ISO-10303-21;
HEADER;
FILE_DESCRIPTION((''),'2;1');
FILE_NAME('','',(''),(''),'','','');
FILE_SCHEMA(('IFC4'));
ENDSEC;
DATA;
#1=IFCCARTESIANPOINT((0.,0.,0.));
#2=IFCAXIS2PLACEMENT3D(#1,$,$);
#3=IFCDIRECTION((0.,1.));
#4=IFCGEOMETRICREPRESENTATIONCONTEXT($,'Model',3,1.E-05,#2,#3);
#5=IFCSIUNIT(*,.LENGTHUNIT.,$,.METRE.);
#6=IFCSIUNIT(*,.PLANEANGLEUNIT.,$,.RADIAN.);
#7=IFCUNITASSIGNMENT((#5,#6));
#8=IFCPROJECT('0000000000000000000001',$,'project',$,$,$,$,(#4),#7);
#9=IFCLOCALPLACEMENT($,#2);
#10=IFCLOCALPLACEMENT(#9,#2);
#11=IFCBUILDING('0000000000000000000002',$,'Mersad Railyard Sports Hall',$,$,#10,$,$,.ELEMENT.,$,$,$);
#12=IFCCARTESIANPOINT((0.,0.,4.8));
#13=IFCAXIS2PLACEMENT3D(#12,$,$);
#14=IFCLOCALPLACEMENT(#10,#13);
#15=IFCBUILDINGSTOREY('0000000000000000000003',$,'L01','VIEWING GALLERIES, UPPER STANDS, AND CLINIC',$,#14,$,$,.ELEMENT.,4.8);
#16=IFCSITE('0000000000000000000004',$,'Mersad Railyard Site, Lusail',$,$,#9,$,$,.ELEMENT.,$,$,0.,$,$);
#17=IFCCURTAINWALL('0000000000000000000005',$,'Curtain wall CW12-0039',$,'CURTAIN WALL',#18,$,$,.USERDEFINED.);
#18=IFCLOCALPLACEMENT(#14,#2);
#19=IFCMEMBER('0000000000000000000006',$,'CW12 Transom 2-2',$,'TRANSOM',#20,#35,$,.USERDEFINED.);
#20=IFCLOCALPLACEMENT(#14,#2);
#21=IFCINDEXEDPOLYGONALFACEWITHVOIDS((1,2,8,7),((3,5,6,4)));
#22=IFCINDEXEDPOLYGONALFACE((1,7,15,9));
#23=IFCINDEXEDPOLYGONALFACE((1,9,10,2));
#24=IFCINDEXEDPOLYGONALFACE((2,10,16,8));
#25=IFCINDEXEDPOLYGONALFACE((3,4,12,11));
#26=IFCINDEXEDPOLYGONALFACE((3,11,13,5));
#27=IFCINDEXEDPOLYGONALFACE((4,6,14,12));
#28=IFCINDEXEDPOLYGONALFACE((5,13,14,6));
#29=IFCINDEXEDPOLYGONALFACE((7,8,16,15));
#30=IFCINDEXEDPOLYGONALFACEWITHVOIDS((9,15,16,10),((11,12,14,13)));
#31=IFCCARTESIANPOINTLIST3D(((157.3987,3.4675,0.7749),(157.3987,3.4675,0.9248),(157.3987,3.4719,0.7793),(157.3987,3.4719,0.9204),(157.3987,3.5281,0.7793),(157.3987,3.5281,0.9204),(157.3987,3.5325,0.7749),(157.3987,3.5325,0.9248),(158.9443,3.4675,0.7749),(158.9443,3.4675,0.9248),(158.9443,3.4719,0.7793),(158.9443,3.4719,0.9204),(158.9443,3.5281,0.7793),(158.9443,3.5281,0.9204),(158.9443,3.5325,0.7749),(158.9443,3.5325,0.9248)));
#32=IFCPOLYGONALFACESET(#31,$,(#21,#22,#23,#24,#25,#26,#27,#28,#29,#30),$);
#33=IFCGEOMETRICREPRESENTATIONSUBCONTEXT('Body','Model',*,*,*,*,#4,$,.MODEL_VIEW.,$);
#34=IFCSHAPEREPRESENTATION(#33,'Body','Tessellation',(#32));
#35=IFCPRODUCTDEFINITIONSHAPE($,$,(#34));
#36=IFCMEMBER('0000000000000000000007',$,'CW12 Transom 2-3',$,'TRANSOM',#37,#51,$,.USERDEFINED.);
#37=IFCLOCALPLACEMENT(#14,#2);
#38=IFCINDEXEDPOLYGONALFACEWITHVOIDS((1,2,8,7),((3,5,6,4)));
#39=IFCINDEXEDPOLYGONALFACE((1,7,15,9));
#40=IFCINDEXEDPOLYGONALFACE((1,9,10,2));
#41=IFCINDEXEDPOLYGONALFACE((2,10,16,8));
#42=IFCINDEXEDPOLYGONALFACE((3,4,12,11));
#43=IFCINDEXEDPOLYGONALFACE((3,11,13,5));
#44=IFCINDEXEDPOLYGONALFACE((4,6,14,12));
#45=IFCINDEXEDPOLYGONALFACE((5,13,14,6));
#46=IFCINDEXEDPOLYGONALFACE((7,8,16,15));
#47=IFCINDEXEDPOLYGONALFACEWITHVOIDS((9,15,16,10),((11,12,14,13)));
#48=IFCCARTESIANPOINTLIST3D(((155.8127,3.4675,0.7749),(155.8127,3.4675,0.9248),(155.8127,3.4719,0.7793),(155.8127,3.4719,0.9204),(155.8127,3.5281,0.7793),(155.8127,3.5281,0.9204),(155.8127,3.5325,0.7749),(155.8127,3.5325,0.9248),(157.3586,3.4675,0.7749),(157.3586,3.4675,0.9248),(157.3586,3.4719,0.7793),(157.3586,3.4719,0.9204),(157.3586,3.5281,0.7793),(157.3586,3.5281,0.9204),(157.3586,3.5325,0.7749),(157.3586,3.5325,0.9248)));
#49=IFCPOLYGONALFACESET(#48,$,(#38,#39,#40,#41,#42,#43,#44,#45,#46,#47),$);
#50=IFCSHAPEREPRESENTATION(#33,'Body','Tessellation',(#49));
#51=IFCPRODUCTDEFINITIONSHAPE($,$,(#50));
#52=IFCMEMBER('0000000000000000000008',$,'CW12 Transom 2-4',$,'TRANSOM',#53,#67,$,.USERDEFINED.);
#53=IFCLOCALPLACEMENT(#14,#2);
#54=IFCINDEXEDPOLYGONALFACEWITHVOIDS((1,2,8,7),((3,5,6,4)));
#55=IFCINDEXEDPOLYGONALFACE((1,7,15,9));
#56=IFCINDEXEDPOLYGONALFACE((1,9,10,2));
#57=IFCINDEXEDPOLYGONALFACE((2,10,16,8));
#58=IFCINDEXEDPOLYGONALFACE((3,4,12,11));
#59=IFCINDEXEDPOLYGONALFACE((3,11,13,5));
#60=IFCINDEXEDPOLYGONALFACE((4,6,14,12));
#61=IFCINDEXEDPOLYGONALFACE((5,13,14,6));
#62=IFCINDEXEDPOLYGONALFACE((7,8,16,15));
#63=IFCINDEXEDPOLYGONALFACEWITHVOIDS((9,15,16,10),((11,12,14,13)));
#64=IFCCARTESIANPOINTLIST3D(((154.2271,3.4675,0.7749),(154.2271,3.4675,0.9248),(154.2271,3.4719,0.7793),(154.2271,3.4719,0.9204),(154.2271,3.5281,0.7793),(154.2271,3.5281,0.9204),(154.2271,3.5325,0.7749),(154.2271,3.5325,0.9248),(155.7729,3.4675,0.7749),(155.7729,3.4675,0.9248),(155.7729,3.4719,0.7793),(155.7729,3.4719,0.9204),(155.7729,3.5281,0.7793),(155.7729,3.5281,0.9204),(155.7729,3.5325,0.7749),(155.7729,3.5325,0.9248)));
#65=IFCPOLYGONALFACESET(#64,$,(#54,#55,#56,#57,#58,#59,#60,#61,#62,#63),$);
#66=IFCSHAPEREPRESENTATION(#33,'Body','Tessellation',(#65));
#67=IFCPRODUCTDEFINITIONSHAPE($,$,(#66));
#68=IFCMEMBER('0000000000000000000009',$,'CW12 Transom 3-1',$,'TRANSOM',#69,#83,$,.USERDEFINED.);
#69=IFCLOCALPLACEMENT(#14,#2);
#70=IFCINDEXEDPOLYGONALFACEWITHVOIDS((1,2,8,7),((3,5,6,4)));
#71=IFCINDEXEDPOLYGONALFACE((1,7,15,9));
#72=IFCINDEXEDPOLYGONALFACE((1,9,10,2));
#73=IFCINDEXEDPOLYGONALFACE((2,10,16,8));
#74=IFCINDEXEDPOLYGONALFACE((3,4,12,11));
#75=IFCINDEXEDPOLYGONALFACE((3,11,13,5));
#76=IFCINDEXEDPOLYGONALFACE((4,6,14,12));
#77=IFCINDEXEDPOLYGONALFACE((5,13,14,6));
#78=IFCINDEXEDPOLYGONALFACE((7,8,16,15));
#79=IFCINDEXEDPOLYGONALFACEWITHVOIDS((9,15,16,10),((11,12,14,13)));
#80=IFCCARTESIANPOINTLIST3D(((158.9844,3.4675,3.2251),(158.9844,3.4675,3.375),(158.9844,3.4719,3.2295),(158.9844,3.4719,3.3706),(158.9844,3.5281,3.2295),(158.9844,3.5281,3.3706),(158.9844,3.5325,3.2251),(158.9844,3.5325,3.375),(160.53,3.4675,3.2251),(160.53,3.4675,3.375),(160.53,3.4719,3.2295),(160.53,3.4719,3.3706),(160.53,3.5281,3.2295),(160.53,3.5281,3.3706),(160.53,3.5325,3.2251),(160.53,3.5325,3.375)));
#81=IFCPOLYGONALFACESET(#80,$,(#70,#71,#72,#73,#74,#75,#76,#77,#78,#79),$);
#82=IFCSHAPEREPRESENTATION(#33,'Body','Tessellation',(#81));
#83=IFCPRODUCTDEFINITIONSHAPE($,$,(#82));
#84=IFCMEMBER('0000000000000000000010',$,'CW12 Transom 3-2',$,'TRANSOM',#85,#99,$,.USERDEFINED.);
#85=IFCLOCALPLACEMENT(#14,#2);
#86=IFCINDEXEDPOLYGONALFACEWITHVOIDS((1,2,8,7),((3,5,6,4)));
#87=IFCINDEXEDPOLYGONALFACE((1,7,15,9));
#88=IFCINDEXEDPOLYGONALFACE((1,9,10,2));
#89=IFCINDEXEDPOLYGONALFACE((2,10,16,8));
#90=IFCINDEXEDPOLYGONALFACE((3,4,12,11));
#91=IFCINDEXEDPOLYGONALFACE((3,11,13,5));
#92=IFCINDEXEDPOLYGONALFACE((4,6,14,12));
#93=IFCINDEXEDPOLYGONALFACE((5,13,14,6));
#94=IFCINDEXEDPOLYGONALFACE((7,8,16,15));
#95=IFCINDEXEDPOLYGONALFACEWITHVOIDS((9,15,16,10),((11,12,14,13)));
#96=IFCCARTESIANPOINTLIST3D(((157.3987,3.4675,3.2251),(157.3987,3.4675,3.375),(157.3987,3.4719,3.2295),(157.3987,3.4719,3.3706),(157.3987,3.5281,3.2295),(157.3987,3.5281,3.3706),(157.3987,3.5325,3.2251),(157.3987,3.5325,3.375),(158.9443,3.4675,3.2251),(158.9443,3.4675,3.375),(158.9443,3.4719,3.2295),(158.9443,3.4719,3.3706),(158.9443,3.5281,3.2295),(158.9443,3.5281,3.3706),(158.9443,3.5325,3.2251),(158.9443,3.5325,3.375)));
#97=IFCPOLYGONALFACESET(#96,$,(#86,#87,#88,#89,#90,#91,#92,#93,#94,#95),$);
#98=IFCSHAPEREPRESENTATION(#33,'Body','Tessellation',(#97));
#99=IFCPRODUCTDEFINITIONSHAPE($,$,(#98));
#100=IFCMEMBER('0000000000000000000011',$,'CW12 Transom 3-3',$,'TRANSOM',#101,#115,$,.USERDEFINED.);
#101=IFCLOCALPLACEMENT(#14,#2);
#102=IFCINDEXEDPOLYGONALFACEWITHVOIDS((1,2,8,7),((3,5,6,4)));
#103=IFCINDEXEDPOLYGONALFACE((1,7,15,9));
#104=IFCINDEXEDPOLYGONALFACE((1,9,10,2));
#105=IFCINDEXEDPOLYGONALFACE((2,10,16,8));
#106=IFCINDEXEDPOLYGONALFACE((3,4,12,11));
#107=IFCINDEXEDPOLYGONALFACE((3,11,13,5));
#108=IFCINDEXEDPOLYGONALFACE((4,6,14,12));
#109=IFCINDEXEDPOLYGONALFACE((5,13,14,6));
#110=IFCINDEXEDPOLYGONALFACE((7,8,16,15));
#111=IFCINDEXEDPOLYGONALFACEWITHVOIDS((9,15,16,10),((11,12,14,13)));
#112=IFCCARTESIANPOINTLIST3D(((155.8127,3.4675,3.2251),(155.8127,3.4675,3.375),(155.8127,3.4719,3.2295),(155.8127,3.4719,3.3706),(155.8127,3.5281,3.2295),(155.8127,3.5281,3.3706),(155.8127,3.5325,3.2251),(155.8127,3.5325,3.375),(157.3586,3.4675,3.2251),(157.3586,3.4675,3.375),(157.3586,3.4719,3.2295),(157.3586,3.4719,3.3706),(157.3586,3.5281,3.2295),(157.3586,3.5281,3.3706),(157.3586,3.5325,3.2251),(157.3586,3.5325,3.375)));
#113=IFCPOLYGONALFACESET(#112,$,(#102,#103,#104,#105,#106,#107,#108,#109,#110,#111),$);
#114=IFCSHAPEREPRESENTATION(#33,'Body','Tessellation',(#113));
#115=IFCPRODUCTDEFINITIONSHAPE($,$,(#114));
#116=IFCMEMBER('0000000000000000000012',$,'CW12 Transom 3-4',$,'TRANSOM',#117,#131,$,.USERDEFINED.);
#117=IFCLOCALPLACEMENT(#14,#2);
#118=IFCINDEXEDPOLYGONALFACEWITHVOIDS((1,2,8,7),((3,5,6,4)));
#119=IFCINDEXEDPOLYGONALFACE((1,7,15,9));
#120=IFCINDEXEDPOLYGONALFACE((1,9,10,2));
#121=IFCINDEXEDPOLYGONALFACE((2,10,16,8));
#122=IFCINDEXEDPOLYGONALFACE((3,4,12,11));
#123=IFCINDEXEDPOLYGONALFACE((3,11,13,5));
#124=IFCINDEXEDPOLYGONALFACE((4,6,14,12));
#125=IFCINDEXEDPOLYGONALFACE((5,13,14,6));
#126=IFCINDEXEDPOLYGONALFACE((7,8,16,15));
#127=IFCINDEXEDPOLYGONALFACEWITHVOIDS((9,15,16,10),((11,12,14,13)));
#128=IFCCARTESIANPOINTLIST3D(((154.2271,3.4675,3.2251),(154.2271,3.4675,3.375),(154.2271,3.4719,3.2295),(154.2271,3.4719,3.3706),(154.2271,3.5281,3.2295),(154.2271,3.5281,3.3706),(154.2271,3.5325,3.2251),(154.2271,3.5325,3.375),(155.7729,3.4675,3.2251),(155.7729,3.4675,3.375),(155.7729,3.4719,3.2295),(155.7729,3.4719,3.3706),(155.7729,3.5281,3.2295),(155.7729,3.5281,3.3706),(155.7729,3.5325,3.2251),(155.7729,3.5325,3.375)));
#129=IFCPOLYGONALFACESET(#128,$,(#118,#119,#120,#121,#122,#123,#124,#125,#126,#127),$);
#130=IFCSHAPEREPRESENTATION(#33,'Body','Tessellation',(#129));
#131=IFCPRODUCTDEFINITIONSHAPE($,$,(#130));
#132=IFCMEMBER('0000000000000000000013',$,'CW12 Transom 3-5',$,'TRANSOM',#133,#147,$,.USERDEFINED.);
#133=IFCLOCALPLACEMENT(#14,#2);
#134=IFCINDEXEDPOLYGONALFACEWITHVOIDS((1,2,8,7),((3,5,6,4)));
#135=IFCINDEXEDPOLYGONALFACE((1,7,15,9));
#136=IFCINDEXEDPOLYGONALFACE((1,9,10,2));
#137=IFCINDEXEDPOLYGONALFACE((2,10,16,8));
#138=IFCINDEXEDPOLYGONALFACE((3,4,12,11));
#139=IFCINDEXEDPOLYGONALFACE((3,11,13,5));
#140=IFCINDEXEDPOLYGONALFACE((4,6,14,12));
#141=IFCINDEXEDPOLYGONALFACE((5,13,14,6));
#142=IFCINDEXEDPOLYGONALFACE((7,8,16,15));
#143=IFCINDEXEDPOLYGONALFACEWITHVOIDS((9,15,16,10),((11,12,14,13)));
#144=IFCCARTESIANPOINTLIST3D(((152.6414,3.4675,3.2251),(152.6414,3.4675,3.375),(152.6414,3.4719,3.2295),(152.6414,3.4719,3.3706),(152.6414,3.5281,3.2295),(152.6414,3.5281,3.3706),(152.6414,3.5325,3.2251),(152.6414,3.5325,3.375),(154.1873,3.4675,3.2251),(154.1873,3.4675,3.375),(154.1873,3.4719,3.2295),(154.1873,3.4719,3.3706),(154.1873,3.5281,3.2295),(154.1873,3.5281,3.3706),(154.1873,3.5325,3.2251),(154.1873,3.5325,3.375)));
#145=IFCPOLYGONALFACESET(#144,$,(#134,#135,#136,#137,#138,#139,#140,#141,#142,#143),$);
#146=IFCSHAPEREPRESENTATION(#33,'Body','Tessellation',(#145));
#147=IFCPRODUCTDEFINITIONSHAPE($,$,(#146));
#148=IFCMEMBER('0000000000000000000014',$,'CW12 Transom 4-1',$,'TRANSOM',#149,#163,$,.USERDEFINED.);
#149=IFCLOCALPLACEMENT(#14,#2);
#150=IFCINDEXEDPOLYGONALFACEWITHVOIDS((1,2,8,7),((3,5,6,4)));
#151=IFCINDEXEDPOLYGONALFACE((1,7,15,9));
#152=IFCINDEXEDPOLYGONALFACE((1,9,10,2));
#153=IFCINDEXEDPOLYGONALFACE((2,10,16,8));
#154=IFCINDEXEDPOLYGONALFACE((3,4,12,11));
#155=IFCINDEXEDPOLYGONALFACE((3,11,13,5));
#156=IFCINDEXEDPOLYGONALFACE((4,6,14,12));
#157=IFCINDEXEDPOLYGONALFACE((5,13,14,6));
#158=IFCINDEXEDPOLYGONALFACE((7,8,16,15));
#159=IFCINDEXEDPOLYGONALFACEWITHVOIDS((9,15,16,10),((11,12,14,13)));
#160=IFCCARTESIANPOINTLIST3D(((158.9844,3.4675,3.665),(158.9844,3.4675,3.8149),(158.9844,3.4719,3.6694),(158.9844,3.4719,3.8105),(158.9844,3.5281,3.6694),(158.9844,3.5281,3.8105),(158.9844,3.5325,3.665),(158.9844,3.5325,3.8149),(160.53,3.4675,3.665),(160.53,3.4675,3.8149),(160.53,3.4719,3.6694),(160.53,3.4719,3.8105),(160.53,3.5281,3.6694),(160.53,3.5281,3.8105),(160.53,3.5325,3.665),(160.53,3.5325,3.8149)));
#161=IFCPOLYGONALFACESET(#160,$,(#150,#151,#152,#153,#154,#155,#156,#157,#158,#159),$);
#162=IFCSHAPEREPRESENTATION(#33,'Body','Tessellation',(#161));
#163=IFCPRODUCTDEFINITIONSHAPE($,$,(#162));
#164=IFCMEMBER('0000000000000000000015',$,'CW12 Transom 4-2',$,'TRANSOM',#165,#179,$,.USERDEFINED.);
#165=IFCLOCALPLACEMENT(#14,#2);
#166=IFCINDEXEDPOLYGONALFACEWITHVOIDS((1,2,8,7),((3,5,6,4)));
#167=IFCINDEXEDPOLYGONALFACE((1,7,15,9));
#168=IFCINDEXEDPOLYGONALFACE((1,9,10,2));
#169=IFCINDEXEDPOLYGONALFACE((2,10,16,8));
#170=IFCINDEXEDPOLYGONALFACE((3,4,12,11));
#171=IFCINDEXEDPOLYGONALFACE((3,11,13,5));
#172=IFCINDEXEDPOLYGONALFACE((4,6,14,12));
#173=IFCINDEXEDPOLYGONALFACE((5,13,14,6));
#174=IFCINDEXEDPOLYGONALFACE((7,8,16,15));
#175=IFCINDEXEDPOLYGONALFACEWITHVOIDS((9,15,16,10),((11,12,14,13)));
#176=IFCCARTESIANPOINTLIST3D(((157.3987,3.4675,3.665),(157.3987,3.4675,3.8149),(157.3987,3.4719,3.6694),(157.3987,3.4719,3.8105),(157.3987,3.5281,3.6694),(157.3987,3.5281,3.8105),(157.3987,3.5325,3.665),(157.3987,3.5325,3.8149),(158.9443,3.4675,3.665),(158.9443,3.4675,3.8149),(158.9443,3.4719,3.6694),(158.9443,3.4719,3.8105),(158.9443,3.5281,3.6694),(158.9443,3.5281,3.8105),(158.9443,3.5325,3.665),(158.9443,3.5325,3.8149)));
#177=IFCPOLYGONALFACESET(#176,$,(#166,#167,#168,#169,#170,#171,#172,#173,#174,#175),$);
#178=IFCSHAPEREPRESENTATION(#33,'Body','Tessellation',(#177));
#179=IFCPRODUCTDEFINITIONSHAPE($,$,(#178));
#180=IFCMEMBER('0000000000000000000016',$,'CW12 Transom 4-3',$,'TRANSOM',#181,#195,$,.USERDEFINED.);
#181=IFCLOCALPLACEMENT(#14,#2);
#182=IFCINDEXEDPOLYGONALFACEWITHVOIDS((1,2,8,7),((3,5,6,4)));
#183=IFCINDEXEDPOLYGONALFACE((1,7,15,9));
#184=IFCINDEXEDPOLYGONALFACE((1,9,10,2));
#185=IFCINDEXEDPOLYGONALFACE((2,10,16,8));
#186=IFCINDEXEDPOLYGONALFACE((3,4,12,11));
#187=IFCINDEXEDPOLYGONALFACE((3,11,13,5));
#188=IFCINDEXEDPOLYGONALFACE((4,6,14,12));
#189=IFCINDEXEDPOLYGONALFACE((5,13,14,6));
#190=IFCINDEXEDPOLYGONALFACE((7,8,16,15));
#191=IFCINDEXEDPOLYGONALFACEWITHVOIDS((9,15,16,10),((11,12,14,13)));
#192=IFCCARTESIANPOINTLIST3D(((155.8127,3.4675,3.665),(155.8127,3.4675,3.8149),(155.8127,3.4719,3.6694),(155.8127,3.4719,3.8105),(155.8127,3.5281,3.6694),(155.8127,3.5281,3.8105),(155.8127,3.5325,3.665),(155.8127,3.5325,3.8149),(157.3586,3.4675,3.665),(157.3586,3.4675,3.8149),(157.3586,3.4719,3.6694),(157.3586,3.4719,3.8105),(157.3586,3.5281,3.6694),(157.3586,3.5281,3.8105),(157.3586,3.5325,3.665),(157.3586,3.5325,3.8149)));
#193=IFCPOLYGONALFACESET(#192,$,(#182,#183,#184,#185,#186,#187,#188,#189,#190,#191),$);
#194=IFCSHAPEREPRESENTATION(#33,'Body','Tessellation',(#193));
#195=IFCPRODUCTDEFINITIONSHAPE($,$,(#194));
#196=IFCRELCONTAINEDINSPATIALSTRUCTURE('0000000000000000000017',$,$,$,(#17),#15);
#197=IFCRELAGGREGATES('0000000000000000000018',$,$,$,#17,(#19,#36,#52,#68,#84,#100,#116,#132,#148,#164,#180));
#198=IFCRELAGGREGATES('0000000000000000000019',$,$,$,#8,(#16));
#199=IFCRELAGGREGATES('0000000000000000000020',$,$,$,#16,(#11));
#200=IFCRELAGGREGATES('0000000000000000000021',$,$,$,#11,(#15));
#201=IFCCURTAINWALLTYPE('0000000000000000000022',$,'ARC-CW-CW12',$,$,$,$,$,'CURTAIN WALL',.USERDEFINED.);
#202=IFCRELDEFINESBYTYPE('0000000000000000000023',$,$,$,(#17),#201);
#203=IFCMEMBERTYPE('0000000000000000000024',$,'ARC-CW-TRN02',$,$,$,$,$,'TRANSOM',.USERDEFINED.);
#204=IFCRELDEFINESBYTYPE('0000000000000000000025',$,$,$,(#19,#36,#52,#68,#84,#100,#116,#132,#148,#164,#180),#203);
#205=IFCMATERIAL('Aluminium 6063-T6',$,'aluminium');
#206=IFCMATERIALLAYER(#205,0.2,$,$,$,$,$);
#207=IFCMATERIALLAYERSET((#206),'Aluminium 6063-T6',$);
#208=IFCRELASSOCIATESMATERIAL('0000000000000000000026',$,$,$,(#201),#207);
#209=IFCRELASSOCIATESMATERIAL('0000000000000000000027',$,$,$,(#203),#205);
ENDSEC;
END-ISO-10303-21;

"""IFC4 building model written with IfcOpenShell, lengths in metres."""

from ifc_helpers import new_model, si_unit, direction, frame, origin, origin_2d, place, context, subcontext, project, spatial, hollow_rectangle, extrude, material, layer, layer_set, material_profile, profile_set, type_object, element, aggregate, save


model = new_model("IFC4")

# Units and contexts
model_context = context("Model", 3, precision=1e-05, world=origin(), true_north=direction((0.0, 1.0)))
body_context = subcontext(model_context, "Body", "Model", "MODEL_VIEW")
ifc_project = project(units=[si_unit("LENGTHUNIT", "METRE"), si_unit("PLANEANGLEUNIT", "RADIAN")], contexts=[model_context])

# Site, building, storey
site_placement = place(None, origin())
site = spatial("IfcSite", under=ifc_project, at=site_placement, Name="Mersad Railyard Site, Lusail", CompositionType="ELEMENT", RefElevation=0.0)
building_placement = place(site_placement, origin())
building = spatial("IfcBuilding", under=site, at=building_placement, Name="Mersad Railyard Sports Hall", CompositionType="ELEMENT")
storey_placement = place(building_placement, frame((0.0, 0.0, 4.8)))
storey = spatial("IfcBuildingStorey", under=building, at=storey_placement, Name="L01", Description="VIEWING GALLERIES, UPPER STANDS, AND CLINIC", CompositionType="ELEMENT", Elevation=4.8)

# Curtain wall
ifc_material_1 = material(Name="Aluminium 6063-T6", Category="aluminium")
ifc_layer_1 = layer(ifc_material_1, 0.2)
ifc_layer_set_1 = layer_set([ifc_layer_1], Name="Aluminium 6063-T6")
curtain_wall_type_1 = type_object("IfcCurtainWallType", Name="ARC-CW-CW12", ElementType="CURTAIN WALL", PredefinedType="USERDEFINED", material=ifc_layer_set_1)
curtain_wall_1_placement = place(storey_placement, origin())
curtain_wall_1 = element("IfcCurtainWall", 1, at=curtain_wall_1_placement, inside=storey, type_object=curtain_wall_type_1, Name="Curtain wall CW12-0039", ObjectType="CURTAIN WALL", PredefinedType="USERDEFINED")

# Members
ifc_material_profile_1 = material_profile(ifc_material_1, hollow_rectangle(XDim=0.0649, YDim=0.1499, WallThickness=0.0044, at=origin_2d()), Name="AL TRANSOM 65x150x4.5")
ifc_profile_set_1 = profile_set([ifc_material_profile_1], Name="Aluminium 6063-T6")
member_type_1 = type_object("IfcMemberType", Name="ARC-CW-TRN02", ElementType="TRANSOM", PredefinedType="USERDEFINED", material=ifc_profile_set_1)
member_1_placement = place(storey_placement, frame((158.9443, 3.5, 0.8499), z_axis=(-1.0, 0.0, 0.0), x_axis=(0.0, -1.0, 0.0)))
member_1 = element("IfcMember", 2, at=member_1_placement, type_object=member_type_1, Name="CW12 Transom 2-2", ObjectType="TRANSOM", PredefinedType="USERDEFINED", context=body_context, shape_type="SweptSolid", body=[
    extrude(hollow_rectangle(XDim=0.0649, YDim=0.1499, WallThickness=0.0044, at=origin_2d()), origin(), (0.0, 0.0, 1.0), 1.5457),
])
member_2_placement = place(storey_placement, frame((157.3586, 3.5, 0.8499), z_axis=(-1.0, 0.0, 0.0), x_axis=(0.0, -1.0, 0.0)))
member_2 = element("IfcMember", 3, at=member_2_placement, type_object=member_type_1, Name="CW12 Transom 2-3", ObjectType="TRANSOM", PredefinedType="USERDEFINED", context=body_context, shape_type="SweptSolid", body=[
    extrude(hollow_rectangle(XDim=0.0649, YDim=0.1499, WallThickness=0.0044, at=origin_2d()), origin(), (0.0, 0.0, 1.0), 1.5459),
])
member_3_placement = place(storey_placement, frame((155.7729, 3.5, 0.8499), z_axis=(-1.0, 0.0, 0.0), x_axis=(0.0, -1.0, 0.0)))
member_3 = element("IfcMember", 4, at=member_3_placement, type_object=member_type_1, Name="CW12 Transom 2-4", ObjectType="TRANSOM", PredefinedType="USERDEFINED", context=body_context, shape_type="SweptSolid", body=[
    extrude(hollow_rectangle(XDim=0.0649, YDim=0.1499, WallThickness=0.0044, at=origin_2d()), origin(), (0.0, 0.0, 1.0), 1.5459),
])
member_4_placement = place(storey_placement, frame((160.53, 3.5, 3.3), z_axis=(-1.0, 0.0, 0.0), x_axis=(0.0, -1.0, 0.0)))
member_4 = element("IfcMember", 5, at=member_4_placement, type_object=member_type_1, Name="CW12 Transom 3-1", ObjectType="TRANSOM", PredefinedType="USERDEFINED", context=body_context, shape_type="SweptSolid", body=[
    extrude(hollow_rectangle(XDim=0.0649, YDim=0.1499, WallThickness=0.0044, at=origin_2d()), origin(), (0.0, 0.0, 1.0), 1.5457),
])
member_5_placement = place(storey_placement, frame((158.9443, 3.5, 3.3), z_axis=(-1.0, 0.0, 0.0), x_axis=(0.0, -1.0, 0.0)))
member_5 = element("IfcMember", 6, at=member_5_placement, type_object=member_type_1, Name="CW12 Transom 3-2", ObjectType="TRANSOM", PredefinedType="USERDEFINED", context=body_context, shape_type="SweptSolid", body=[
    extrude(hollow_rectangle(XDim=0.0649, YDim=0.1499, WallThickness=0.0044, at=origin_2d()), origin(), (0.0, 0.0, 1.0), 1.5457),
])
member_6_placement = place(storey_placement, frame((157.3586, 3.5, 3.3), z_axis=(-1.0, 0.0, 0.0), x_axis=(0.0, -1.0, 0.0)))
member_6 = element("IfcMember", 7, at=member_6_placement, type_object=member_type_1, Name="CW12 Transom 3-3", ObjectType="TRANSOM", PredefinedType="USERDEFINED", context=body_context, shape_type="SweptSolid", body=[
    extrude(hollow_rectangle(XDim=0.0649, YDim=0.1499, WallThickness=0.0044, at=origin_2d()), origin(), (0.0, 0.0, 1.0), 1.5459),
])
member_7_placement = place(storey_placement, frame((155.7729, 3.5, 3.3), z_axis=(-1.0, 0.0, 0.0), x_axis=(0.0, -1.0, 0.0)))
member_7 = element("IfcMember", 8, at=member_7_placement, type_object=member_type_1, Name="CW12 Transom 3-4", ObjectType="TRANSOM", PredefinedType="USERDEFINED", context=body_context, shape_type="SweptSolid", body=[
    extrude(hollow_rectangle(XDim=0.0649, YDim=0.1499, WallThickness=0.0044, at=origin_2d()), origin(), (0.0, 0.0, 1.0), 1.5459),
])
member_8_placement = place(storey_placement, frame((154.1873, 3.5, 3.3), z_axis=(-1.0, 0.0, 0.0), x_axis=(0.0, -1.0, 0.0)))
member_8 = element("IfcMember", 9, at=member_8_placement, type_object=member_type_1, Name="CW12 Transom 3-5", ObjectType="TRANSOM", PredefinedType="USERDEFINED", context=body_context, shape_type="SweptSolid", body=[
    extrude(hollow_rectangle(XDim=0.0649, YDim=0.1499, WallThickness=0.0044, at=origin_2d()), origin(), (0.0, 0.0, 1.0), 1.5459),
])
member_9_placement = place(storey_placement, frame((160.53, 3.5, 3.74), z_axis=(-1.0, 0.0, 0.0), x_axis=(0.0, -1.0, 0.0)))
member_9 = element("IfcMember", 10, at=member_9_placement, type_object=member_type_1, Name="CW12 Transom 4-1", ObjectType="TRANSOM", PredefinedType="USERDEFINED", context=body_context, shape_type="SweptSolid", body=[
    extrude(hollow_rectangle(XDim=0.0649, YDim=0.1499, WallThickness=0.0044, at=origin_2d()), origin(), (0.0, 0.0, 1.0), 1.5457),
])
member_10_placement = place(storey_placement, frame((158.9443, 3.5, 3.74), z_axis=(-1.0, 0.0, 0.0), x_axis=(0.0, -1.0, 0.0)))
member_10 = element("IfcMember", 11, at=member_10_placement, type_object=member_type_1, Name="CW12 Transom 4-2", ObjectType="TRANSOM", PredefinedType="USERDEFINED", context=body_context, shape_type="SweptSolid", body=[
    extrude(hollow_rectangle(XDim=0.0649, YDim=0.1499, WallThickness=0.0044, at=origin_2d()), origin(), (0.0, 0.0, 1.0), 1.5457),
])
member_11_placement = place(storey_placement, frame((157.3586, 3.5, 3.74), z_axis=(-1.0, 0.0, 0.0), x_axis=(0.0, -1.0, 0.0)))
member_11 = element("IfcMember", 12, at=member_11_placement, type_object=member_type_1, Name="CW12 Transom 4-3", ObjectType="TRANSOM", PredefinedType="USERDEFINED", context=body_context, shape_type="SweptSolid", body=[
    extrude(hollow_rectangle(XDim=0.0649, YDim=0.1499, WallThickness=0.0044, at=origin_2d()), origin(), (0.0, 0.0, 1.0), 1.5459),
])

aggregate(curtain_wall_1, [member_1, member_2, member_3, member_4, member_5, member_6, member_7, member_8, member_9, member_10, member_11])

save(model, "model.ifc")
